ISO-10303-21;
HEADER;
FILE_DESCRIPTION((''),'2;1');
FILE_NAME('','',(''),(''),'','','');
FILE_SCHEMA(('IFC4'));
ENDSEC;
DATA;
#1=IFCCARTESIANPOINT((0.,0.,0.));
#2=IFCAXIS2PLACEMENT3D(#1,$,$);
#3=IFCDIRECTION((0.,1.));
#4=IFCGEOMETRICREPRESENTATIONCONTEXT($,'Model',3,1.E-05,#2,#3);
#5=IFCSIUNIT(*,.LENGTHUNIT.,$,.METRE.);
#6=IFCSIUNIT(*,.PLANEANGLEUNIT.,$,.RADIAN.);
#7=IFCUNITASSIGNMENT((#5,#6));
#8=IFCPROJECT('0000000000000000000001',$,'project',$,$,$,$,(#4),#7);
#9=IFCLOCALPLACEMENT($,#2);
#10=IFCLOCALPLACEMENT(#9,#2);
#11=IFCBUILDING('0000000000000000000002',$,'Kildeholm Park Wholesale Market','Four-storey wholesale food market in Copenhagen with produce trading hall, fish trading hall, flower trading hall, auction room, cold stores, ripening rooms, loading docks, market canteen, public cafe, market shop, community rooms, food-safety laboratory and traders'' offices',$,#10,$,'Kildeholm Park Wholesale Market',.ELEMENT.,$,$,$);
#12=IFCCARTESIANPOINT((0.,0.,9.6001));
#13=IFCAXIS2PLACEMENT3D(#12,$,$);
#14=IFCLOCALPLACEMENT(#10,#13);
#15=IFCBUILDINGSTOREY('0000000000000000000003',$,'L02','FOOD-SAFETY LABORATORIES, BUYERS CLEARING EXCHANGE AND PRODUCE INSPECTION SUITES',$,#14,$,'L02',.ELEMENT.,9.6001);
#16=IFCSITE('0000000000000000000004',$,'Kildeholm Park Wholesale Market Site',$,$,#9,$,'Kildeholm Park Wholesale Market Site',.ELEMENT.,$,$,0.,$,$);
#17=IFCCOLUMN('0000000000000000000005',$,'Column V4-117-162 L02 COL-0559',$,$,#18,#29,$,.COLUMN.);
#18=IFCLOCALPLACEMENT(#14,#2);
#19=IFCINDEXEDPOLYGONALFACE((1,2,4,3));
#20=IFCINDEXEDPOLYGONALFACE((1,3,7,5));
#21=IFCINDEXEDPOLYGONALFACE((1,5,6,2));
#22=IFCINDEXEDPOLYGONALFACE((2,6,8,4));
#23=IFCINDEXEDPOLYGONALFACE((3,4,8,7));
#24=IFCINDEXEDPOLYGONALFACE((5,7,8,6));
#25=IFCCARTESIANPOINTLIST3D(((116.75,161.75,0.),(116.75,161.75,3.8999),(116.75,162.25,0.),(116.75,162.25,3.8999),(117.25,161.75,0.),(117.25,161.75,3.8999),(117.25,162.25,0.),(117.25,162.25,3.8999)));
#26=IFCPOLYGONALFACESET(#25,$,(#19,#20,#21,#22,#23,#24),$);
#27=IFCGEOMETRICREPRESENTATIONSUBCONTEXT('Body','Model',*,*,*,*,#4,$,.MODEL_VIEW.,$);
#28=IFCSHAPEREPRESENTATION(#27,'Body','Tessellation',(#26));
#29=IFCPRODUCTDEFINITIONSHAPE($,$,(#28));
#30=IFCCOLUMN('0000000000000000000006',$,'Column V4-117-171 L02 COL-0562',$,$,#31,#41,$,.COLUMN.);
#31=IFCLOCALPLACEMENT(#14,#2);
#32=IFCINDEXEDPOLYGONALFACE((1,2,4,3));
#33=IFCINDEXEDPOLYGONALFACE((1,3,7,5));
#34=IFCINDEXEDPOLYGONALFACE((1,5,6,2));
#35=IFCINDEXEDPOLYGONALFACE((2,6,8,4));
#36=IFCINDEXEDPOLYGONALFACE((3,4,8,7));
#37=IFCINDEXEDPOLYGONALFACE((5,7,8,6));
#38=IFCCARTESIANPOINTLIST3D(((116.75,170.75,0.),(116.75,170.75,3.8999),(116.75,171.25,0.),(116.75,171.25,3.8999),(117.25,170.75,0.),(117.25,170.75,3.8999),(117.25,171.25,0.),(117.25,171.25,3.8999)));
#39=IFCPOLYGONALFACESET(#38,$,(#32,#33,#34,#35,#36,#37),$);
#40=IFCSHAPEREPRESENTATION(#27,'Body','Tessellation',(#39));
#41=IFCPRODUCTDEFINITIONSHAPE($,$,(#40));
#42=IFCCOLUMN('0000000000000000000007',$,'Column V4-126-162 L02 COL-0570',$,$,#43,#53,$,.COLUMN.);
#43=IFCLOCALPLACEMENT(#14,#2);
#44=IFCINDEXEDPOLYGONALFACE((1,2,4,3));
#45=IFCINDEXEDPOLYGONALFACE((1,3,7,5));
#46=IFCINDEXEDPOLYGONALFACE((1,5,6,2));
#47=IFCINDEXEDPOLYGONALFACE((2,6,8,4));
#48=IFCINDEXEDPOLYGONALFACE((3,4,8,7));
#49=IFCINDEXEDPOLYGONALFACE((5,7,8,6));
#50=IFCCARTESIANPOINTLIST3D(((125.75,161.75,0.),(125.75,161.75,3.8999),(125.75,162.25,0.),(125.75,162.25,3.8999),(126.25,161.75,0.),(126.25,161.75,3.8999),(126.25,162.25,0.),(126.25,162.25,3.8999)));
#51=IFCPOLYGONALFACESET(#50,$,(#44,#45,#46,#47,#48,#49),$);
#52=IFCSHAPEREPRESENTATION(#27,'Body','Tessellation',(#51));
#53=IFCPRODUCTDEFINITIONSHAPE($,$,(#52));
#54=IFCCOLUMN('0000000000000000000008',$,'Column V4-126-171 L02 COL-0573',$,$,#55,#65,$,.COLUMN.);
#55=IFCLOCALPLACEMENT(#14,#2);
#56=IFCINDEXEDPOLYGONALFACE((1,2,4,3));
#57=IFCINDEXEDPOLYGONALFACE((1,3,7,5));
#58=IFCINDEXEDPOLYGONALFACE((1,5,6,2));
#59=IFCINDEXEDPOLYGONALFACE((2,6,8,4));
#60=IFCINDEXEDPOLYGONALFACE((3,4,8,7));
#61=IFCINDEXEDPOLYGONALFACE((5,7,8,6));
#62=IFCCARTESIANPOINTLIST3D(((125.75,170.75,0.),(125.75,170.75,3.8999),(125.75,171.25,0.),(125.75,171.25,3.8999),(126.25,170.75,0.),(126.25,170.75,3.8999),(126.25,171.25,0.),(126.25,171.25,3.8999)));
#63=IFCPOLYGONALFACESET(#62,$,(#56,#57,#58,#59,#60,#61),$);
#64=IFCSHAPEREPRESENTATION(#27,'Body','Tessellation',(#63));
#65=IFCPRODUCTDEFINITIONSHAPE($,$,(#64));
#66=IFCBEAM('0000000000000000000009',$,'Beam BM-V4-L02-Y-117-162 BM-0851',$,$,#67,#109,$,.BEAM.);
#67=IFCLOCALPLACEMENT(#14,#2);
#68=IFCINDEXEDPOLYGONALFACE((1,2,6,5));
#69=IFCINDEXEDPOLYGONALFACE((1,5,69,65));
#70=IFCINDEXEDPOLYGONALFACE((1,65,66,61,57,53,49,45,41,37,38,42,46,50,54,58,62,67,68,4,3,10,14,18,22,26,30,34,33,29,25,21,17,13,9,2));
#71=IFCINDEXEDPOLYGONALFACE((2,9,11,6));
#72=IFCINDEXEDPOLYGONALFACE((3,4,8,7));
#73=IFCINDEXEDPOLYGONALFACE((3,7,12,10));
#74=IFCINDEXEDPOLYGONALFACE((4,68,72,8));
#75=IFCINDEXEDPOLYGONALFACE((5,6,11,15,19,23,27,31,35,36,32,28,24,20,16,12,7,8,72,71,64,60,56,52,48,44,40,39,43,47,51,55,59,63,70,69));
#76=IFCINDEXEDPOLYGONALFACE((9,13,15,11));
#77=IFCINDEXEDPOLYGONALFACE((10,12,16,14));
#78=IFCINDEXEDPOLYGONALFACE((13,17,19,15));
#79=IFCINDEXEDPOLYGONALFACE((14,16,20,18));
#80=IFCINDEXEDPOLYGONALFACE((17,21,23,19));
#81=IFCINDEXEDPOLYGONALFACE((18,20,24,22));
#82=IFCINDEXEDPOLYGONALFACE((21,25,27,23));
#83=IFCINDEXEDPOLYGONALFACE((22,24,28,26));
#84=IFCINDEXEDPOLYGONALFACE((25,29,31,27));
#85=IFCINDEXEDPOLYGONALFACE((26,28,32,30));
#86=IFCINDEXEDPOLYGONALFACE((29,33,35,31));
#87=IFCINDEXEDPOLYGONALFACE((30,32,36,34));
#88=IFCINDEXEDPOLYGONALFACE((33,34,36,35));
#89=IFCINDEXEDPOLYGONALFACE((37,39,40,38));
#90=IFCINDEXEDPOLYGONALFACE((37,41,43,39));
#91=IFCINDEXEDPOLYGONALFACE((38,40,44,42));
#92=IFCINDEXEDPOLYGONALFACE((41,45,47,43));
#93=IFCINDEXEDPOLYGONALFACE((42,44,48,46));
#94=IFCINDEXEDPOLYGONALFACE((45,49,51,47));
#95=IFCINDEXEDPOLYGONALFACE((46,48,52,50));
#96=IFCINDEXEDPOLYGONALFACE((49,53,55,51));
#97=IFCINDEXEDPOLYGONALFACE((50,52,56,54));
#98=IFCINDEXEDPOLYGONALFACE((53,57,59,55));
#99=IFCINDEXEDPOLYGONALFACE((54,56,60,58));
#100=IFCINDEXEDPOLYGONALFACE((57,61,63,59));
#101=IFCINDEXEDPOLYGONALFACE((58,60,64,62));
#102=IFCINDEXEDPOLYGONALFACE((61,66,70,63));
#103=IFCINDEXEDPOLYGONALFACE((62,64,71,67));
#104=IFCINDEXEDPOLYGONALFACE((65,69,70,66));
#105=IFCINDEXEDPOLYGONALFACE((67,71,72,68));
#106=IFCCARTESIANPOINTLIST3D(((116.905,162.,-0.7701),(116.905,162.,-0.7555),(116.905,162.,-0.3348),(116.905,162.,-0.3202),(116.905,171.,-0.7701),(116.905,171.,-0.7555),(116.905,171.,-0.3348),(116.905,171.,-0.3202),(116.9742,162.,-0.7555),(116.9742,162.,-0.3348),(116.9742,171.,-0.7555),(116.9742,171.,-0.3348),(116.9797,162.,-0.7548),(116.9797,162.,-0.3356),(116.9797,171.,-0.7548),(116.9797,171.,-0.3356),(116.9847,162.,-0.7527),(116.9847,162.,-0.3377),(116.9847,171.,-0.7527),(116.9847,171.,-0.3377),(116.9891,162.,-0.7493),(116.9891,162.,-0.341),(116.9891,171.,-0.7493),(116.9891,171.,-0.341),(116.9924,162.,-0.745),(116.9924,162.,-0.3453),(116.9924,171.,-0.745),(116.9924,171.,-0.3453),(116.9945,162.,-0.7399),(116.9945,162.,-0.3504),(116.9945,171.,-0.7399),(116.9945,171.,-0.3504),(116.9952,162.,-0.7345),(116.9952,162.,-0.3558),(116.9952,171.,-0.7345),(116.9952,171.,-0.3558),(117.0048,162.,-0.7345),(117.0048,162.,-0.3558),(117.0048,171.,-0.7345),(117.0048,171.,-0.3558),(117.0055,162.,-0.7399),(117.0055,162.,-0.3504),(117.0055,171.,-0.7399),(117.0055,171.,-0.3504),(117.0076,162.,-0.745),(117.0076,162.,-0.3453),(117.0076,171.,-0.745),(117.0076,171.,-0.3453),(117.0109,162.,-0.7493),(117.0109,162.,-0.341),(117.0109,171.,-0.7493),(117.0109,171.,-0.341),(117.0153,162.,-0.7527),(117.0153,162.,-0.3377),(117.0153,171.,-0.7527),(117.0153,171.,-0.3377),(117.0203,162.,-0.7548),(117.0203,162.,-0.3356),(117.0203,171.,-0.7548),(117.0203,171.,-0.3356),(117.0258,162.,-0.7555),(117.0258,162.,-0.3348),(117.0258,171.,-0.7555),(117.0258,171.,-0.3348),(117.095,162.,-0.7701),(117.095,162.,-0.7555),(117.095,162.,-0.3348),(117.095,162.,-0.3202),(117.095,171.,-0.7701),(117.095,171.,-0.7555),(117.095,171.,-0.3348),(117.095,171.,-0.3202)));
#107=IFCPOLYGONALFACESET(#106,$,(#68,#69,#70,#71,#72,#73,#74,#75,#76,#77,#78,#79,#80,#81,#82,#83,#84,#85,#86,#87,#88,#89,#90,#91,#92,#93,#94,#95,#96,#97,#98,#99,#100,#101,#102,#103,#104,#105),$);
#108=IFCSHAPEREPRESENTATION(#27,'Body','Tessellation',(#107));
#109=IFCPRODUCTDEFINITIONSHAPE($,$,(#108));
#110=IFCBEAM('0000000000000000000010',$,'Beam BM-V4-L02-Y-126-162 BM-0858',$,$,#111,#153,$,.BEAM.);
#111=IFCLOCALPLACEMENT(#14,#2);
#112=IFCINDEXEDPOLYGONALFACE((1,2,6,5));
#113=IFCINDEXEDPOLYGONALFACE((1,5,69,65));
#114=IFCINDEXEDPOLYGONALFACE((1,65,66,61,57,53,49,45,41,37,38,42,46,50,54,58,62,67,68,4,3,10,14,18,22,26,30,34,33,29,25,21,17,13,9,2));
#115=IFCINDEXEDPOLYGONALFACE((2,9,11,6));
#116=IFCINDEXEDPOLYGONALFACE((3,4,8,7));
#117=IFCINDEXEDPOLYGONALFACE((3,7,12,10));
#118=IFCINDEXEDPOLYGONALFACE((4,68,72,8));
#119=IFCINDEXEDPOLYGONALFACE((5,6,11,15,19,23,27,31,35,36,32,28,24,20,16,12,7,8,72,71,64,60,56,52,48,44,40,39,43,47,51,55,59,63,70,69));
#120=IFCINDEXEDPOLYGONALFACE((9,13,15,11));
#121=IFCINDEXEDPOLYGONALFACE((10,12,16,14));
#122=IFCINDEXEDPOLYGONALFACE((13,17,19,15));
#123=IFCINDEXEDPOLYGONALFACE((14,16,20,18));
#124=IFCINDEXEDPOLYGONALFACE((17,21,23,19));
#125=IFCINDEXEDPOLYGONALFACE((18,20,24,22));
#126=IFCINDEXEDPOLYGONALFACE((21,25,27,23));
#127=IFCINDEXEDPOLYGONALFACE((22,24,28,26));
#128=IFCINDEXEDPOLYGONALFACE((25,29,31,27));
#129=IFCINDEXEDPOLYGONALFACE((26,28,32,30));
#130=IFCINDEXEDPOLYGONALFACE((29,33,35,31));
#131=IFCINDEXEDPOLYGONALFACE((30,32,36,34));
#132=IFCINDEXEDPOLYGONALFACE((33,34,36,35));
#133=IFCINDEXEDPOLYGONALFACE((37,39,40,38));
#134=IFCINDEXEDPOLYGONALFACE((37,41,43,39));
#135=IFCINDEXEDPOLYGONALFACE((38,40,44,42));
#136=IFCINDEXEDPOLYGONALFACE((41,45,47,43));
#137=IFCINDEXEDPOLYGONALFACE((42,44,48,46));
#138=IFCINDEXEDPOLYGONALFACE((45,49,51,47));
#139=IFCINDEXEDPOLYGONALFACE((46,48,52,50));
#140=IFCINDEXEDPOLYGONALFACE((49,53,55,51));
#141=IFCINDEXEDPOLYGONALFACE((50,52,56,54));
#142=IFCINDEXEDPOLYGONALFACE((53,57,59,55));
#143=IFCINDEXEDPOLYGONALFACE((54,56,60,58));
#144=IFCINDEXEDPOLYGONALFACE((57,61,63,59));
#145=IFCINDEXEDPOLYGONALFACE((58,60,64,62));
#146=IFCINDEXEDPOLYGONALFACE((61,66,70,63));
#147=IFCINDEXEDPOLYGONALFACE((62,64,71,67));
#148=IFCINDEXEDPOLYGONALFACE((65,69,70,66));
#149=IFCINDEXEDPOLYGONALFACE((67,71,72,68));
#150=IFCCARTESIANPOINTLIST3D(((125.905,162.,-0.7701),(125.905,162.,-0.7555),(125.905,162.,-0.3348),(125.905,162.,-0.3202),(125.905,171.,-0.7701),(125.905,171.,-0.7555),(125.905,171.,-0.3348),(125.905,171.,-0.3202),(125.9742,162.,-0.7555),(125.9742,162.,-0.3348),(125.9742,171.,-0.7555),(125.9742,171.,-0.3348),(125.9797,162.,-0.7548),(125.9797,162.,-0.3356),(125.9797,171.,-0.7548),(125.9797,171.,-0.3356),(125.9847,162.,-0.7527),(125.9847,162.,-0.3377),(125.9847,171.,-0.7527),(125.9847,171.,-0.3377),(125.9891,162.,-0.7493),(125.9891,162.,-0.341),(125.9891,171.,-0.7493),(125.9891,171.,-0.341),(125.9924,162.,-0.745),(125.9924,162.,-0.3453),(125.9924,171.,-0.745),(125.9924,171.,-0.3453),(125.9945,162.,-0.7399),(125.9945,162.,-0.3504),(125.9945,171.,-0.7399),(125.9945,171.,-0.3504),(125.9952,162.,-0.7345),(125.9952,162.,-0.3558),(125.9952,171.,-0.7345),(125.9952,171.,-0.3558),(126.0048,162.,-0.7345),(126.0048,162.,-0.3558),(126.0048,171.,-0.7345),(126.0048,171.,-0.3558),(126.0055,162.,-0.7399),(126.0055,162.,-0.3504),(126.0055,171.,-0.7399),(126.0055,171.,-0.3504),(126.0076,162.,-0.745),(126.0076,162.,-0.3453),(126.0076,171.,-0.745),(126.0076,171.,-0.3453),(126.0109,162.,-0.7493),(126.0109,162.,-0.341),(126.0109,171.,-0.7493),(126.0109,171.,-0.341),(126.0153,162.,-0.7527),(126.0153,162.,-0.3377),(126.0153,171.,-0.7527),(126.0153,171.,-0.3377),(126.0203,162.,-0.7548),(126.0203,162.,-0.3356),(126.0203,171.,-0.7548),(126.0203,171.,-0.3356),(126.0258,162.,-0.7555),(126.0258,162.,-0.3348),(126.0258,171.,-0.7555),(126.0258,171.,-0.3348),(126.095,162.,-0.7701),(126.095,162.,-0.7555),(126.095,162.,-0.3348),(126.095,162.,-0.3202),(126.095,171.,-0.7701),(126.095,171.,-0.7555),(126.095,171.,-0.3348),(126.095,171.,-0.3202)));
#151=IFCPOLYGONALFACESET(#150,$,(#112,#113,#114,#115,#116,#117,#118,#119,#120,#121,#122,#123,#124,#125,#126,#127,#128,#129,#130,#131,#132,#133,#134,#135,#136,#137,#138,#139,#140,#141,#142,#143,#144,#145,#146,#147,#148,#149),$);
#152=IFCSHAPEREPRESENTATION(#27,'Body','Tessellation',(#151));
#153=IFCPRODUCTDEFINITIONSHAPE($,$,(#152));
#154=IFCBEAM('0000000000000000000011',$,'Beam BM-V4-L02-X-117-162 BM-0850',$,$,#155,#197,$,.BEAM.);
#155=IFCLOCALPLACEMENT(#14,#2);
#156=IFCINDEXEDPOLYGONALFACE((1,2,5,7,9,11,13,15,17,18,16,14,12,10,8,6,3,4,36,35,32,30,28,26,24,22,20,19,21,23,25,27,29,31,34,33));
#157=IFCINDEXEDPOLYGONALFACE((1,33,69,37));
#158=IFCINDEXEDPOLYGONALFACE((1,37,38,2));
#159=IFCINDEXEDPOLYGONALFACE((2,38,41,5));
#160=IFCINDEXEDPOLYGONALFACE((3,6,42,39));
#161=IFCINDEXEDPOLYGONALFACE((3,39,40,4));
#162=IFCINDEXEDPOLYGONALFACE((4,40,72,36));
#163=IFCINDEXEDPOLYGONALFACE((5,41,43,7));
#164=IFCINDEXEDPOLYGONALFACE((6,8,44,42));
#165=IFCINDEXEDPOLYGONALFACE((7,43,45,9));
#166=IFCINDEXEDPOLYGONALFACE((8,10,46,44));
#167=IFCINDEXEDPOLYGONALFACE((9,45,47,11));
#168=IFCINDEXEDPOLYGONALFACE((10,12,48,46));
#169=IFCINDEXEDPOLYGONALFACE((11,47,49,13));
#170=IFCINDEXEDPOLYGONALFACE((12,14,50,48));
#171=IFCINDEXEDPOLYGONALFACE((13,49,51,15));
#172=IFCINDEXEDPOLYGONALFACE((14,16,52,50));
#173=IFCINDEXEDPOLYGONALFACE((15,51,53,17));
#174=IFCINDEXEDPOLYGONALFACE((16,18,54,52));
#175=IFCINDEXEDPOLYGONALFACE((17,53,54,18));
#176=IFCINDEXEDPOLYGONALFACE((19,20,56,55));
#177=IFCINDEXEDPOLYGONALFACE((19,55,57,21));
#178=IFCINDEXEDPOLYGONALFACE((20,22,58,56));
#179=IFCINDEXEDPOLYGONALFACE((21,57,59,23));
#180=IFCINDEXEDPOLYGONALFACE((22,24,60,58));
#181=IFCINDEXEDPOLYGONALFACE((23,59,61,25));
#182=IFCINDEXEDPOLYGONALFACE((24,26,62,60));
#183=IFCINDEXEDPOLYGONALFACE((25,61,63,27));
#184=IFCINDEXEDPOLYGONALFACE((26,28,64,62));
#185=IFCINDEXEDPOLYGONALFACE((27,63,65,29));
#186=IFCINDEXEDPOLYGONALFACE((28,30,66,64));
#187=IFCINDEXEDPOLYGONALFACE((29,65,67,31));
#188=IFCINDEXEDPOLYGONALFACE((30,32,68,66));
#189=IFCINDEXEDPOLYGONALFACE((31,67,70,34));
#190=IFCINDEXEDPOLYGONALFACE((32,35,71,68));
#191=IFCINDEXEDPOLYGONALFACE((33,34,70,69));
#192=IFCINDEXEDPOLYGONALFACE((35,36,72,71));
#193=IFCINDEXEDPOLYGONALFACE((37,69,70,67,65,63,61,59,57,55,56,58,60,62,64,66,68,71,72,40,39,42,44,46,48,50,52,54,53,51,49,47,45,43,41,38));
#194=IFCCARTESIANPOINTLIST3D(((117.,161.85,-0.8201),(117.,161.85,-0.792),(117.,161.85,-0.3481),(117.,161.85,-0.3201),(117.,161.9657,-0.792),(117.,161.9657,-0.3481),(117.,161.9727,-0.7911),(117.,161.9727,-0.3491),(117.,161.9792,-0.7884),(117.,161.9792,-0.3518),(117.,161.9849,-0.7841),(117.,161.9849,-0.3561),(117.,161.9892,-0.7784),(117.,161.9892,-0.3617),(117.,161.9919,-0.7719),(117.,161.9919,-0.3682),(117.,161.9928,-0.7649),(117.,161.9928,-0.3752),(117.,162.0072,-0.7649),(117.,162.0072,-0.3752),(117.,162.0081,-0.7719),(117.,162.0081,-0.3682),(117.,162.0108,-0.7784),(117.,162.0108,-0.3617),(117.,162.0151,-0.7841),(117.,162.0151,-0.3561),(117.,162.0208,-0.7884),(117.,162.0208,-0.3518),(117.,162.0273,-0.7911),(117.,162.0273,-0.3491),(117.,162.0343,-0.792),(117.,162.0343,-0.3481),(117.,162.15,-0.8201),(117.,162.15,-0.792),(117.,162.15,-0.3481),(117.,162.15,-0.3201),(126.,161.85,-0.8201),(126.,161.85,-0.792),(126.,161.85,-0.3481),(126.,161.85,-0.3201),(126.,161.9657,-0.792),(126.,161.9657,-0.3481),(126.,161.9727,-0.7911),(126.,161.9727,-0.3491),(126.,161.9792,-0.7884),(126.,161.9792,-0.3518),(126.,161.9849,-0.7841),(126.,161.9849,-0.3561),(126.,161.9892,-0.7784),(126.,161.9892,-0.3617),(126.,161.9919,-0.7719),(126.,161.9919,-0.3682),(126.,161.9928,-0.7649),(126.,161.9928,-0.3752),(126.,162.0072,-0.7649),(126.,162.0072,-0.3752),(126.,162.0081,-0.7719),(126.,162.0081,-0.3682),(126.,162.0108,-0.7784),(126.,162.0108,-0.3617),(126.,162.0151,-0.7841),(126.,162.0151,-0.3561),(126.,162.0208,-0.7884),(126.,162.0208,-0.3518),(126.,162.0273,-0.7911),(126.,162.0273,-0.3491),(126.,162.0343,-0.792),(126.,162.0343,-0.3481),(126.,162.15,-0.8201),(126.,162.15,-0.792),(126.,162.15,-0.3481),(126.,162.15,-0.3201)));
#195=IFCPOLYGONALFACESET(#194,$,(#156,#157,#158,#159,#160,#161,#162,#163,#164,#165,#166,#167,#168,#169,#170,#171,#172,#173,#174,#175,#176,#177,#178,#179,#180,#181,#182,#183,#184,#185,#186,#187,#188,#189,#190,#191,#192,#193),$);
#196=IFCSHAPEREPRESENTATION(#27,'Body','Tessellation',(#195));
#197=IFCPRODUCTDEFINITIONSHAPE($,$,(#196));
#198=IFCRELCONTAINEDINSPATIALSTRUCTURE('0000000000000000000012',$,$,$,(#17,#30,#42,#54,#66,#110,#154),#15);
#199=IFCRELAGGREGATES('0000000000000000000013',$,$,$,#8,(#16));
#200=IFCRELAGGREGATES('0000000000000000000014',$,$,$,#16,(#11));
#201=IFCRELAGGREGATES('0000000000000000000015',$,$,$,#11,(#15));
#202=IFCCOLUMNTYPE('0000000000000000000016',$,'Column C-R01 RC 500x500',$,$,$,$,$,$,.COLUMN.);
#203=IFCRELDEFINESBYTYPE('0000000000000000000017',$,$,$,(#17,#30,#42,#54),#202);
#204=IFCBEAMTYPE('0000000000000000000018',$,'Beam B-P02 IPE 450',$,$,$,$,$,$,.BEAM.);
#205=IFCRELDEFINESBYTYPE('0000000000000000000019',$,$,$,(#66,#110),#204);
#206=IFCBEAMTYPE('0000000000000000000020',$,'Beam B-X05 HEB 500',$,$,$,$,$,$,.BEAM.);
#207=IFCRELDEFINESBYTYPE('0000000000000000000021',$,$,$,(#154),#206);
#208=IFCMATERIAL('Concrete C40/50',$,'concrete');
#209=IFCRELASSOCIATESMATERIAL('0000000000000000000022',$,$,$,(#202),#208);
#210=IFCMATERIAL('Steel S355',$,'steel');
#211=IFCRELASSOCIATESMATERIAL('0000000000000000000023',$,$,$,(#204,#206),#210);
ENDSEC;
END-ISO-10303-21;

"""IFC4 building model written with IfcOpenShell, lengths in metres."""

from ifc_helpers import new_model, si_unit, direction, frame, origin, origin_2d, place, context, subcontext, project, spatial, rectangle, i_section, extrude, material, material_profile, profile_set, type_object, element, save


model = new_model("IFC4")

# Units and contexts
model_context = context("Model", 3, precision=1e-05, world=origin(), true_north=direction((0.0, 1.0)))
body_context = subcontext(model_context, "Body", "Model", "MODEL_VIEW")
ifc_project = project(units=[si_unit("LENGTHUNIT", "METRE"), si_unit("PLANEANGLEUNIT", "RADIAN")], contexts=[model_context])

# Site, building, storey
site_placement = place(None, origin())
site = spatial("IfcSite", under=ifc_project, at=site_placement, Name="Kildeholm Park Wholesale Market Site", LongName="Kildeholm Park Wholesale Market Site", CompositionType="ELEMENT", RefElevation=0.0)
building_placement = place(site_placement, origin())
building = spatial("IfcBuilding", under=site, at=building_placement, Name="Kildeholm Park Wholesale Market", Description="Four-storey wholesale food market in Copenhagen with produce trading hall, fish trading hall, flower trading hall, auction room, cold stores, ripening rooms, loading docks, market canteen, public cafe, market shop, community rooms, food-safety laboratory and traders' offices", LongName="Kildeholm Park Wholesale Market", CompositionType="ELEMENT")
storey_placement = place(building_placement, frame((0.0, 0.0, 9.6001)))
storey = spatial("IfcBuildingStorey", under=building, at=storey_placement, Name="L02", Description="FOOD-SAFETY LABORATORIES, BUYERS CLEARING EXCHANGE AND PRODUCE INSPECTION SUITES", LongName="L02", CompositionType="ELEMENT", Elevation=9.6001)

# Columns
ifc_material_1 = material(Name="Concrete C40/50", Category="concrete")
ifc_material_profile_1 = material_profile(ifc_material_1, rectangle(XDim=0.5, YDim=0.5, at=origin_2d()), Name="RC 500x500")
ifc_profile_set_1 = profile_set([ifc_material_profile_1], Name="Concrete C40/50")
column_type = type_object("IfcColumnType", Name="Column C-R01 RC 500x500", PredefinedType="COLUMN", material=ifc_profile_set_1)
for number, where, z_axis, x_axis, name in (
    (1, (117.0, 162.0, 0.0), (0.0, 0.0, 1.0), (1.0, 0.0, 0.0), "Column V4-117-162 L02 COL-0559"),
    (2, (117.0, 171.0, 0.0), (0.0, 0.0, 1.0), (1.0, 0.0, 0.0), "Column V4-117-171 L02 COL-0562"),
    (3, (126.0, 162.0, 0.0), (0.0, 0.0, 1.0), (1.0, 0.0, 0.0), "Column V4-126-162 L02 COL-0570"),
    (4, (126.0, 171.0, 0.0), (0.0, 0.0, 1.0), (1.0, 0.0, 0.0), "Column V4-126-171 L02 COL-0573"),
):
    element("IfcColumn", number, at=place(storey_placement, frame(where, z_axis=z_axis, x_axis=x_axis)), inside=storey, type_object=column_type, Name=name, PredefinedType="COLUMN", context=body_context, shape_type="SweptSolid", body=[
        extrude(rectangle(XDim=0.5, YDim=0.5, at=origin_2d()), origin(), (0.0, 0.0, 1.0), 3.8999),
    ])

# Beams
ifc_material_2 = material(Name="Steel S355", Category="steel")
ifc_material_profile_2 = material_profile(ifc_material_2, i_section(OverallWidth=0.1899, OverallDepth=0.45, WebThickness=0.0095, FlangeThickness=0.0146, FilletRadius=0.021, at=origin_2d()), Name="IPE 450")
ifc_profile_set_2 = profile_set([ifc_material_profile_2], Name="Steel S355")
beam_type_1 = type_object("IfcBeamType", Name="Beam B-P02 IPE 450", PredefinedType="BEAM", material=ifc_profile_set_2)
for number, where, z_axis, x_axis, name in (
    (5, (117.0, 162.0, -0.5452), (0.0, 1.0, 0.0), (-1.0, 0.0, 0.0), "Beam BM-V4-L02-Y-117-162 BM-0851"),
    (6, (126.0, 162.0, -0.5452), (0.0, 1.0, 0.0), (-1.0, 0.0, 0.0), "Beam BM-V4-L02-Y-126-162 BM-0858"),
):
    element("IfcBeam", number, at=place(storey_placement, frame(where, z_axis=z_axis, x_axis=x_axis)), inside=storey, type_object=beam_type_1, Name=name, PredefinedType="BEAM", context=body_context, shape_type="SweptSolid", body=[
        extrude(i_section(OverallWidth=0.1899, OverallDepth=0.45, WebThickness=0.0095, FlangeThickness=0.0146, FilletRadius=0.021, at=origin_2d()), origin(), (0.0, 0.0, 1.0), 9.0),
    ])
ifc_material_profile_3 = material_profile(ifc_material_2, i_section(OverallWidth=0.3, OverallDepth=0.5, WebThickness=0.0144, FlangeThickness=0.0281, FilletRadius=0.0271, at=origin_2d()), Name="HEB 500")
ifc_profile_set_3 = profile_set([ifc_material_profile_3], Name="Steel S355")
beam_type_2 = type_object("IfcBeamType", Name="Beam B-X05 HEB 500", PredefinedType="BEAM", material=ifc_profile_set_3)
beam_1_placement = place(storey_placement, frame((117.0, 162.0, -0.5701), z_axis=(1.0, 0.0, 0.0), x_axis=(0.0, 1.0, 0.0)))
element("IfcBeam", 7, at=beam_1_placement, inside=storey, type_object=beam_type_2, Name="Beam BM-V4-L02-X-117-162 BM-0850", PredefinedType="BEAM", context=body_context, shape_type="SweptSolid", body=[
    extrude(i_section(OverallWidth=0.3, OverallDepth=0.5, WebThickness=0.0144, FlangeThickness=0.0281, FilletRadius=0.0271, at=origin_2d()), origin(), (0.0, 0.0, 1.0), 9.0),
])

save(model, "model.ifc")
